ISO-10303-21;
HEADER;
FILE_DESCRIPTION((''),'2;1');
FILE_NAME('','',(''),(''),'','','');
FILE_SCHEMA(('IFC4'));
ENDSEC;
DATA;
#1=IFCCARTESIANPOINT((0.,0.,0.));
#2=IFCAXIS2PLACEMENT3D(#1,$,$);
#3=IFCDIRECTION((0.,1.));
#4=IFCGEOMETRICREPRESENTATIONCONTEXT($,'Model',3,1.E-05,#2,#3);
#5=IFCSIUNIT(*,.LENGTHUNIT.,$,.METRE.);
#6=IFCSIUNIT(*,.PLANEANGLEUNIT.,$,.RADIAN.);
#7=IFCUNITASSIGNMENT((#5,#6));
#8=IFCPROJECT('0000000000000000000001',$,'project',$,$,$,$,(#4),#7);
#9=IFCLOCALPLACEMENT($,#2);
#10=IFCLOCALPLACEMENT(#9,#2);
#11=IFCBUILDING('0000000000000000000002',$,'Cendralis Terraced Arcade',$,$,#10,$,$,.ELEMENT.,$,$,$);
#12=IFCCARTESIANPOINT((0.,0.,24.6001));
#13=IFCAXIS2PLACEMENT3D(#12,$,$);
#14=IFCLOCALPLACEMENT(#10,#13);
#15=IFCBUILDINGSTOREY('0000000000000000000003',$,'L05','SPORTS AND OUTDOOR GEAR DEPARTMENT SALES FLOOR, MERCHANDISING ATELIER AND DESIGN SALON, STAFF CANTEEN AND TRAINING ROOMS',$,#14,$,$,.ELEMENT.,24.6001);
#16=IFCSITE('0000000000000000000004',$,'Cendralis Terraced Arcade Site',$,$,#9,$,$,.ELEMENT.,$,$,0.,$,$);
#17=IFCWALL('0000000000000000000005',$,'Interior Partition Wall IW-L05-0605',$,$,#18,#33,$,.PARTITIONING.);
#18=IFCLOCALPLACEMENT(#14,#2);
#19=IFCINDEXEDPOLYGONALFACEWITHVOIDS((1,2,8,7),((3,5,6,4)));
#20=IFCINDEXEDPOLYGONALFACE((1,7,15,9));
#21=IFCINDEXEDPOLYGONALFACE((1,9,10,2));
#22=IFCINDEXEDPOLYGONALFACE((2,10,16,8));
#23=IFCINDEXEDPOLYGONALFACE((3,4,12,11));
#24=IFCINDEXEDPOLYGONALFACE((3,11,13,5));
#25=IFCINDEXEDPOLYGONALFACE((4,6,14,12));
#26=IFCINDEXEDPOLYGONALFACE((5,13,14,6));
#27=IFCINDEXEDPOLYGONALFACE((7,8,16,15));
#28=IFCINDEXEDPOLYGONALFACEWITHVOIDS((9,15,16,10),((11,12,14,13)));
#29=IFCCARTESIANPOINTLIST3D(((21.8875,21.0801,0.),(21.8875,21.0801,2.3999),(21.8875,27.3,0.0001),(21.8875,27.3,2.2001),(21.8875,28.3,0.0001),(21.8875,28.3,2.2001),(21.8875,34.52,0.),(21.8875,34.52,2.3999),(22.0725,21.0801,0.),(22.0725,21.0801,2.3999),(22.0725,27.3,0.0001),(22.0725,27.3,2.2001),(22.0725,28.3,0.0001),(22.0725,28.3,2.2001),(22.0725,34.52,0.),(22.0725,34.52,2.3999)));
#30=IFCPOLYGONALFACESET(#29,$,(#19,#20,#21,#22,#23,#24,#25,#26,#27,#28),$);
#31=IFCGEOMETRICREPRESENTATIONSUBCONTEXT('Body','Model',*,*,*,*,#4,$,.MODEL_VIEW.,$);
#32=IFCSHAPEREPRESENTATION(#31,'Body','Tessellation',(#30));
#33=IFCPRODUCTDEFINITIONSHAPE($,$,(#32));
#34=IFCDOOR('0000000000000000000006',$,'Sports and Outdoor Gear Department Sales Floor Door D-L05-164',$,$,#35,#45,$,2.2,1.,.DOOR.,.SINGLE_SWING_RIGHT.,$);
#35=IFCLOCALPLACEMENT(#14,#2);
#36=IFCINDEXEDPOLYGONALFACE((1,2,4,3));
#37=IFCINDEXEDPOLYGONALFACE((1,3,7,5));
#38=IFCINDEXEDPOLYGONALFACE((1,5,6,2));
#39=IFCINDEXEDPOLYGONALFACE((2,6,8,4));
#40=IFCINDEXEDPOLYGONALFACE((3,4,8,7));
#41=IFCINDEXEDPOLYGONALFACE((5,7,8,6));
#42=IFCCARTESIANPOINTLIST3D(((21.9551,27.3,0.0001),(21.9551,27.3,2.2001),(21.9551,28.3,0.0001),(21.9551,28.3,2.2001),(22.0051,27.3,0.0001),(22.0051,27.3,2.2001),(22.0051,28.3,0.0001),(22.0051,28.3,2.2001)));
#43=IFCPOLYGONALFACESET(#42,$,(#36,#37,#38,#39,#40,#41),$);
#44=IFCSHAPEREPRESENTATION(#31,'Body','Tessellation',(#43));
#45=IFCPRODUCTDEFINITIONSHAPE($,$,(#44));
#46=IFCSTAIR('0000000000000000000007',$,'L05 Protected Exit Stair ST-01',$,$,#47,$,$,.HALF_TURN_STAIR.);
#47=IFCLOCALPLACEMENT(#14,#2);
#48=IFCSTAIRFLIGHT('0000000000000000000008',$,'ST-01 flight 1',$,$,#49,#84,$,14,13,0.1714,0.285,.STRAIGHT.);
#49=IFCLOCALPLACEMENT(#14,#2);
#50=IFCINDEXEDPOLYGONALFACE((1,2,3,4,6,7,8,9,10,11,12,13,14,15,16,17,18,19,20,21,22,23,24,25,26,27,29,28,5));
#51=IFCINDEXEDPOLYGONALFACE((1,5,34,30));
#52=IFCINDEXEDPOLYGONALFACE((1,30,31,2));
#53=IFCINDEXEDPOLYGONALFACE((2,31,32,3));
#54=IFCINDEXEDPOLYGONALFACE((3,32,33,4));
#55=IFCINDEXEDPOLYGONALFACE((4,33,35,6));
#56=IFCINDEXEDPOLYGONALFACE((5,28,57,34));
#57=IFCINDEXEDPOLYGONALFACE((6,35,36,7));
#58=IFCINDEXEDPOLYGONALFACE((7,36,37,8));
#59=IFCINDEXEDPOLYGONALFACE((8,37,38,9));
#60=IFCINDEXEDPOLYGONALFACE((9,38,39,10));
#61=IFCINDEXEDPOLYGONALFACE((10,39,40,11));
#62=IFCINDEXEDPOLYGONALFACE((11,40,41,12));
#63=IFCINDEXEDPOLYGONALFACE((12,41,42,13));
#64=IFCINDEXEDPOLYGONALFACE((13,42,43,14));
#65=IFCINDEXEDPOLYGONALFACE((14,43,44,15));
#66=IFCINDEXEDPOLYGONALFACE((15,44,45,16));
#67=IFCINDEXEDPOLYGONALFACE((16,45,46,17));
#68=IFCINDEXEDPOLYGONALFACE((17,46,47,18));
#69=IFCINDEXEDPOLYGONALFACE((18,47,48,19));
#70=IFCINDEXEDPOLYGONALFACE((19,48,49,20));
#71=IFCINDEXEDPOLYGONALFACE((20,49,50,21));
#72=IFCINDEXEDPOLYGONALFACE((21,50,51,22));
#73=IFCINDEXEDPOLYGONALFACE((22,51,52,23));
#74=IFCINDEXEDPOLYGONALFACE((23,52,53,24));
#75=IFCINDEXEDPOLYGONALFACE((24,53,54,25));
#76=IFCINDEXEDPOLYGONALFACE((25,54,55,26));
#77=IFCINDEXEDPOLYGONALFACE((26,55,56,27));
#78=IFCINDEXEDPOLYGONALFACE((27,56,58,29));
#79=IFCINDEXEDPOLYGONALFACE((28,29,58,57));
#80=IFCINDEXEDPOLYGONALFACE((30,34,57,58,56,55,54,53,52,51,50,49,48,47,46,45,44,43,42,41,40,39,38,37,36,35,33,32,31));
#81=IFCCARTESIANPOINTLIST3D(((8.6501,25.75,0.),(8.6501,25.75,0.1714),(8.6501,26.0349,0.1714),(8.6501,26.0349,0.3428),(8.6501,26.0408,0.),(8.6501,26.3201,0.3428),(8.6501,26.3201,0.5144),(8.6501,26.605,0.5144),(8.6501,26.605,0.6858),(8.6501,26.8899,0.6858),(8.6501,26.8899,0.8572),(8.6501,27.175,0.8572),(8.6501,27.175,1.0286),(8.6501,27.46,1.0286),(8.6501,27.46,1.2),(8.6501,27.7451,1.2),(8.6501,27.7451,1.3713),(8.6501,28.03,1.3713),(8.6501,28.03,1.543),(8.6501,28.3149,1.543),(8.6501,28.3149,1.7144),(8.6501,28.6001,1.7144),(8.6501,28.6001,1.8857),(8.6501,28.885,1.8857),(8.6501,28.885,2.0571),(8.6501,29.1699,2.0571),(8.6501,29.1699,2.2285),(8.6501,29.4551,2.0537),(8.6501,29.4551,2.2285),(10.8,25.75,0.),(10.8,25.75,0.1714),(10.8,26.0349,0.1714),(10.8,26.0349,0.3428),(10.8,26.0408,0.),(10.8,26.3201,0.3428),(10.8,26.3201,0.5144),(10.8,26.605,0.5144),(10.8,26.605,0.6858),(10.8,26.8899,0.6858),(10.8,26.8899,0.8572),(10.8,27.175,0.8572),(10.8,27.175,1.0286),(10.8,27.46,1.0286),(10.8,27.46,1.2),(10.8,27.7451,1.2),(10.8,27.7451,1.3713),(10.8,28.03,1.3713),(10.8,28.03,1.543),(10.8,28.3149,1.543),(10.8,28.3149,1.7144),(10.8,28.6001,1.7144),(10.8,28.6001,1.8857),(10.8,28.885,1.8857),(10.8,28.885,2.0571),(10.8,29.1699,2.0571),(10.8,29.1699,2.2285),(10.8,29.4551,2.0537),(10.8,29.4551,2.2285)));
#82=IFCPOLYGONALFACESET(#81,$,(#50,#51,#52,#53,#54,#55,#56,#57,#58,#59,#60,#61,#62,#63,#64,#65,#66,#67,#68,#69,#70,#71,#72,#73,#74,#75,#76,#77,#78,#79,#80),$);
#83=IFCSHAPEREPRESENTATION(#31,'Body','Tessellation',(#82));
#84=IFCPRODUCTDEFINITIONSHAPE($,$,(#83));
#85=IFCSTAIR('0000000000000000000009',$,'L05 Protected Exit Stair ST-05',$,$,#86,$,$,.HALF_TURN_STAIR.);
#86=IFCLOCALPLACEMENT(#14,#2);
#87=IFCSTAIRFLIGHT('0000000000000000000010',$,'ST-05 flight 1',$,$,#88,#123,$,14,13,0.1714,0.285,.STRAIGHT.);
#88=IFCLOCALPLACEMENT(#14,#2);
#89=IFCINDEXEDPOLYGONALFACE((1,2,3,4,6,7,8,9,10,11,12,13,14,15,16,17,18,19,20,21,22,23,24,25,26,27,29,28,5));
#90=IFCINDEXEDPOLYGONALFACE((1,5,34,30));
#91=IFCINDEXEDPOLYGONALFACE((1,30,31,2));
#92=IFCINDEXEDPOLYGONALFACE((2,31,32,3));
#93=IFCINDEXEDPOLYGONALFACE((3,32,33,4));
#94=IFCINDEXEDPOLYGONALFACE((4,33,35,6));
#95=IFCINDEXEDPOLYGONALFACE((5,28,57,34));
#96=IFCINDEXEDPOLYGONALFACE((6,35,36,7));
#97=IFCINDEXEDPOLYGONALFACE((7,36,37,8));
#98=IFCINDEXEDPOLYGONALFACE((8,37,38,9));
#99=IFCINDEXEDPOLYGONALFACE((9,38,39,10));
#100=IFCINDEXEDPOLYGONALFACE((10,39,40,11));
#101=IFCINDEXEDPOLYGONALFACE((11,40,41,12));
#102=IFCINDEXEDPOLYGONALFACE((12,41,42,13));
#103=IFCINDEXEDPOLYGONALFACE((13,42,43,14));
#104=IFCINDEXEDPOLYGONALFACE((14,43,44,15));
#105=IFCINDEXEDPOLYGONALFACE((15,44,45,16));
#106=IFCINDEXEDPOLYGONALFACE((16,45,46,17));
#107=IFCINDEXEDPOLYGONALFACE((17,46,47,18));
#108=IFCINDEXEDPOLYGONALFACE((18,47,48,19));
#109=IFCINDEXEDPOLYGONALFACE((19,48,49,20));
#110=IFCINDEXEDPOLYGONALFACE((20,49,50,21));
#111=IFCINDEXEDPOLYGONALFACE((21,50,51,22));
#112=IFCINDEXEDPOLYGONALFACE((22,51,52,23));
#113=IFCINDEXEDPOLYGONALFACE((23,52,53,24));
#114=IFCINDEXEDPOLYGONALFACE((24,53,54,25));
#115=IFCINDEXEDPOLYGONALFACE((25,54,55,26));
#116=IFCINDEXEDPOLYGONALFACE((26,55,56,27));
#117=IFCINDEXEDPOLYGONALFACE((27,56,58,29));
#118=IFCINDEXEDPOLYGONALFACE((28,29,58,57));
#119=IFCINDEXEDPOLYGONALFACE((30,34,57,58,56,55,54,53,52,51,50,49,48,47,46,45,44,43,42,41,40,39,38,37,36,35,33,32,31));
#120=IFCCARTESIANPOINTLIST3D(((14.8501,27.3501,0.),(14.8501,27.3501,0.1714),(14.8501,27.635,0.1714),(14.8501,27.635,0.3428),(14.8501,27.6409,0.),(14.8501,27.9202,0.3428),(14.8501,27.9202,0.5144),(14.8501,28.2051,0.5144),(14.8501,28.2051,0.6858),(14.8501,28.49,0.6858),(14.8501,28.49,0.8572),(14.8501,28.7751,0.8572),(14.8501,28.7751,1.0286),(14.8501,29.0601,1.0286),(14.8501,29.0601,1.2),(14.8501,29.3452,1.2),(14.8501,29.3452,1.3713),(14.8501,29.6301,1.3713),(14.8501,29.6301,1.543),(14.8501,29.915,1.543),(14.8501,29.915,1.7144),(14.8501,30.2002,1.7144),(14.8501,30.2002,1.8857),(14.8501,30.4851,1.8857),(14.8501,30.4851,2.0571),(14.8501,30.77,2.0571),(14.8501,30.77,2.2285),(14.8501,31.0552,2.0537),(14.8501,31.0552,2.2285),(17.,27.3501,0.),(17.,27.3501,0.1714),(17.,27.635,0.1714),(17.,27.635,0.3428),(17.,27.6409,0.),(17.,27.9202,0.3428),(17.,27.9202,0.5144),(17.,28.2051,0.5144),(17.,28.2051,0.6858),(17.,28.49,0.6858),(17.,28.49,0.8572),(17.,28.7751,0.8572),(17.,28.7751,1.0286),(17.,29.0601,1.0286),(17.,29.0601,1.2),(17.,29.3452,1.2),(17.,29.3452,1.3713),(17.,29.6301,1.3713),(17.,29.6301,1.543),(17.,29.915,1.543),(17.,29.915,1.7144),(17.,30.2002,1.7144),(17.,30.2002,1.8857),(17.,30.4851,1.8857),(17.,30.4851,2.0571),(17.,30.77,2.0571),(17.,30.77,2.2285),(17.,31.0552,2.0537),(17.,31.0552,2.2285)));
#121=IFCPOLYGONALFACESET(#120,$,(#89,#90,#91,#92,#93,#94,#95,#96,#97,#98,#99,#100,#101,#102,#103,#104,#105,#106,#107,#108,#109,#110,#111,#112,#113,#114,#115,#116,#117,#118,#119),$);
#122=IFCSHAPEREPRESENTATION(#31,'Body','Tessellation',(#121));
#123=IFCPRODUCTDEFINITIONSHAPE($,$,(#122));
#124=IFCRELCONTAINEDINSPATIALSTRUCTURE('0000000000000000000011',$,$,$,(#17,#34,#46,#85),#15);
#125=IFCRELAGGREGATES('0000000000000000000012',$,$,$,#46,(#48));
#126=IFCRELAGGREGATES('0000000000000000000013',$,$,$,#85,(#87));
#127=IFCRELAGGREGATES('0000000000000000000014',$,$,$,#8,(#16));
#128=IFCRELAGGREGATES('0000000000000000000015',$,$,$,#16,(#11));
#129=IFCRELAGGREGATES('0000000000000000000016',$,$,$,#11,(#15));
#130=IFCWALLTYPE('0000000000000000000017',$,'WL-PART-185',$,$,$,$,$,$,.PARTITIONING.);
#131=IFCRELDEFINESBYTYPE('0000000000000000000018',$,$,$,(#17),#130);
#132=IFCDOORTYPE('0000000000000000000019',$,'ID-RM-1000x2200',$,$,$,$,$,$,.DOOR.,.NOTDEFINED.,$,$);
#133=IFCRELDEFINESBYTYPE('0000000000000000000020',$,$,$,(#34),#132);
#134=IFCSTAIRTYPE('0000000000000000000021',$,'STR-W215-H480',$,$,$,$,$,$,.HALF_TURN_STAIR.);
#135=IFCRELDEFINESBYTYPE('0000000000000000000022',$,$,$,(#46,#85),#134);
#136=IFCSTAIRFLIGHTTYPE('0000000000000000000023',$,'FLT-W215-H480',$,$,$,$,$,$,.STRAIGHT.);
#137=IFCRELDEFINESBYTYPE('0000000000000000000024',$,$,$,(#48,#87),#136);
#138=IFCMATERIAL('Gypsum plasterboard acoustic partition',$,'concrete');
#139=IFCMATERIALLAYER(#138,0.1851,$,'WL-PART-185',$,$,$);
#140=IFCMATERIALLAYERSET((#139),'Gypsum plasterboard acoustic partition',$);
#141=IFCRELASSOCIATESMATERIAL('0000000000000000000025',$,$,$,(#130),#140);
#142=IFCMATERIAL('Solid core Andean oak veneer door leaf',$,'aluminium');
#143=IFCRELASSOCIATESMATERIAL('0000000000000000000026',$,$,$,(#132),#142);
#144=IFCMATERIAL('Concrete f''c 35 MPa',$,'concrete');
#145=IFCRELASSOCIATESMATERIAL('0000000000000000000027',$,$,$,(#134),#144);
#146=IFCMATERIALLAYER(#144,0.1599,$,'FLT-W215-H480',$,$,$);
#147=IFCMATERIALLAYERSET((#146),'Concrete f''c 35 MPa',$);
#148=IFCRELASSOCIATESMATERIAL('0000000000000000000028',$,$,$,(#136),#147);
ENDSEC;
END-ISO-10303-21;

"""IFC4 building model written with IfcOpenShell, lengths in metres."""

from ifc_helpers import new_model, si_unit, direction, frame, frame_2d, origin, place, context, subcontext, project, spatial, polyline, rectangle, outline, extrude, material, layer, layer_set, type_object, element, fill, aggregate, save


model = new_model("IFC4")

# Units and contexts
model_context = context("Model", 3, precision=1e-05, world=origin(), true_north=direction((0.0, 1.0)))
body_context = subcontext(model_context, "Body", "Model", "MODEL_VIEW")
ifc_project = project(units=[si_unit("LENGTHUNIT", "METRE"), si_unit("PLANEANGLEUNIT", "RADIAN")], contexts=[model_context])

# Site, building, storey
site_placement = place(None, origin())
site = spatial("IfcSite", under=ifc_project, at=site_placement, Name="Cendralis Terraced Arcade Site", CompositionType="ELEMENT", RefElevation=0.0)
building_placement = place(site_placement, origin())
building = spatial("IfcBuilding", under=site, at=building_placement, Name="Cendralis Terraced Arcade", CompositionType="ELEMENT")
storey_placement = place(building_placement, frame((0.0, 0.0, 24.6001)))
storey = spatial("IfcBuildingStorey", under=building, at=storey_placement, Name="L05", Description="SPORTS AND OUTDOOR GEAR DEPARTMENT SALES FLOOR, MERCHANDISING ATELIER AND DESIGN SALON, STAFF CANTEEN AND TRAINING ROOMS", CompositionType="ELEMENT", Elevation=24.6001)

# Shared definitions
ifc_material_1 = material(Name="Concrete f'c 35 MPa", Category="concrete")

# Wall, opening, door
ifc_material_2 = material(Name="Gypsum plasterboard acoustic partition", Category="concrete")
ifc_layer_1 = layer(ifc_material_2, 0.1851, Name="WL-PART-185")
ifc_layer_set_1 = layer_set([ifc_layer_1], Name="Gypsum plasterboard acoustic partition")
wall_type_1 = type_object("IfcWallType", Name="WL-PART-185", PredefinedType="PARTITIONING", material=ifc_layer_set_1)
wall_1_placement = place(storey_placement, frame((21.98, 21.0801, 0.0), z_axis=(0.0, 0.0, 1.0), x_axis=(0.0, 1.0, 0.0)))
wall_1 = element("IfcWall", 1, at=wall_1_placement, inside=storey, type_object=wall_type_1, Name="Interior Partition Wall IW-L05-0605", PredefinedType="PARTITIONING", context=body_context, shape_type="SweptSolid", body=[
    extrude(rectangle(XDim=13.4399, YDim=0.1851, at=frame_2d((6.72, 0.0))), origin(), (0.0, 0.0, 1.0), 2.3999),
])
opening_1_placement = place(wall_1_placement, frame((6.22, 0.0, 0.0)))
opening_1 = element("IfcOpeningElement", 2, at=opening_1_placement, cuts=wall_1, PredefinedType="OPENING", context=body_context, shape_type="SweptSolid", body=[
    extrude(rectangle(XDim=1.0, YDim=2.2, at=frame_2d((0.5, 1.1001))), frame((0.0, 0.1045, 0.0), z_axis=(0.0, -1.0, 0.0), x_axis=(1.0, 0.0, 0.0)), (0.0, 0.0, 1.0), 0.209),
])
ifc_material_3 = material(Name="Solid core Andean oak veneer door leaf", Category="aluminium")
door_type_1 = type_object("IfcDoorType", Name="ID-RM-1000x2200", OperationType="NOTDEFINED", PredefinedType="DOOR", material=ifc_material_3)
door_1_placement = place(opening_1_placement, origin())
door_1 = element("IfcDoor", 3, at=door_1_placement, inside=storey, type_object=door_type_1, Name="Sports and Outdoor Gear Department Sales Floor Door D-L05-164", OperationType="SINGLE_SWING_RIGHT", OverallHeight=2.2, OverallWidth=1.0, PredefinedType="DOOR", context=body_context, shape_type="SweptSolid", body=[
    extrude(rectangle(XDim=1.0, YDim=2.2, at=frame_2d((0.5, 1.1001))), frame((0.0, 0.0249, 0.0), z_axis=(0.0, -1.0, 0.0), x_axis=(1.0, 0.0, 0.0)), (0.0, 0.0, 1.0), 0.05),
])
fill(opening_1, door_1)

# Stairs, stair flights
stair_type = type_object("IfcStairType", Name="STR-W215-H480", PredefinedType="HALF_TURN_STAIR", material=ifc_material_1)
stair_1_placement = place(storey_placement, origin())
stair_1 = element("IfcStair", 4, at=stair_1_placement, inside=storey, type_object=stair_type, Name="L05 Protected Exit Stair ST-01", PredefinedType="HALF_TURN_STAIR")
ifc_layer_2 = layer(ifc_material_1, 0.1599, Name="FLT-W215-H480")
ifc_layer_set_2 = layer_set([ifc_layer_2], Name="Concrete f'c 35 MPa")
stair_flight_type = type_object("IfcStairFlightType", Name="FLT-W215-H480", PredefinedType="STRAIGHT", material=ifc_layer_set_2)
stair_flight_1_placement = place(storey_placement, frame((9.7251, 25.75, 0.0), z_axis=(0.0, 0.0, 1.0), x_axis=(0.0, 1.0, 0.0)))
stair_flight_1 = element("IfcStairFlight", 5, at=stair_flight_1_placement, type_object=stair_flight_type, Name="ST-01 flight 1", NumberOfRisers=14, NumberOfTreads=13, PredefinedType="STRAIGHT", RiserHeight=0.1714, TreadLength=0.285, context=body_context, shape_type="SweptSolid", body=[
    extrude(outline(polyline([(0.0, 0.0), (0.0, 0.1714), (0.2849, 0.1714), (0.2849, 0.3428), (0.5701, 0.3428), (0.5701, 0.5144), (0.855, 0.5144), (0.855, 0.6858), (1.1399, 0.6858), (1.1399, 0.8572), (1.425, 0.8572), (1.425, 1.0286), (1.71, 1.0286), (1.71, 1.2), (1.9951, 1.2), (1.9951, 1.3713), (2.28, 1.3713), (2.28, 1.543), (2.5649, 1.543), (2.5649, 1.7144), (2.8501, 1.7144), (2.8501, 1.8857), (3.135, 1.8857), (3.135, 2.0571), (3.4199, 2.0571), (3.4199, 2.2285), (3.7051, 2.2285), (3.7051, 2.3999), (3.7051, 2.0537), (0.2908, 0.0), (0.0, 0.0)])), frame((0.0, 1.075, 0.0), z_axis=(0.0, -1.0, 0.0), x_axis=(1.0, 0.0, 0.0)), (0.0, 0.0, 1.0), 2.1499),
])
aggregate(stair_1, [stair_flight_1])
stair_2_placement = place(storey_placement, origin())
stair_2 = element("IfcStair", 6, at=stair_2_placement, inside=storey, type_object=stair_type, Name="L05 Protected Exit Stair ST-05", PredefinedType="HALF_TURN_STAIR")
stair_flight_2_placement = place(storey_placement, frame((15.925, 27.3501, 0.0), z_axis=(0.0, 0.0, 1.0), x_axis=(0.0, 1.0, 0.0)))
stair_flight_2 = element("IfcStairFlight", 7, at=stair_flight_2_placement, type_object=stair_flight_type, Name="ST-05 flight 1", NumberOfRisers=14, NumberOfTreads=13, PredefinedType="STRAIGHT", RiserHeight=0.1714, TreadLength=0.285, context=body_context, shape_type="SweptSolid", body=[
    extrude(outline(polyline([(0.0, 0.0), (0.0, 0.1714), (0.2849, 0.1714), (0.2849, 0.3428), (0.5701, 0.3428), (0.5701, 0.5144), (0.855, 0.5144), (0.855, 0.6858), (1.1399, 0.6858), (1.1399, 0.8572), (1.425, 0.8572), (1.425, 1.0286), (1.71, 1.0286), (1.71, 1.2), (1.9951, 1.2), (1.9951, 1.3713), (2.28, 1.3713), (2.28, 1.543), (2.5649, 1.543), (2.5649, 1.7144), (2.8501, 1.7144), (2.8501, 1.8857), (3.135, 1.8857), (3.135, 2.0571), (3.4199, 2.0571), (3.4199, 2.2285), (3.7051, 2.2285), (3.7051, 2.3999), (3.7051, 2.0537), (0.2908, 0.0), (0.0, 0.0)])), frame((0.0, 1.075, 0.0), z_axis=(0.0, -1.0, 0.0), x_axis=(1.0, 0.0, 0.0)), (0.0, 0.0, 1.0), 2.1499),
])
aggregate(stair_2, [stair_flight_2])

save(model, "model.ifc")
